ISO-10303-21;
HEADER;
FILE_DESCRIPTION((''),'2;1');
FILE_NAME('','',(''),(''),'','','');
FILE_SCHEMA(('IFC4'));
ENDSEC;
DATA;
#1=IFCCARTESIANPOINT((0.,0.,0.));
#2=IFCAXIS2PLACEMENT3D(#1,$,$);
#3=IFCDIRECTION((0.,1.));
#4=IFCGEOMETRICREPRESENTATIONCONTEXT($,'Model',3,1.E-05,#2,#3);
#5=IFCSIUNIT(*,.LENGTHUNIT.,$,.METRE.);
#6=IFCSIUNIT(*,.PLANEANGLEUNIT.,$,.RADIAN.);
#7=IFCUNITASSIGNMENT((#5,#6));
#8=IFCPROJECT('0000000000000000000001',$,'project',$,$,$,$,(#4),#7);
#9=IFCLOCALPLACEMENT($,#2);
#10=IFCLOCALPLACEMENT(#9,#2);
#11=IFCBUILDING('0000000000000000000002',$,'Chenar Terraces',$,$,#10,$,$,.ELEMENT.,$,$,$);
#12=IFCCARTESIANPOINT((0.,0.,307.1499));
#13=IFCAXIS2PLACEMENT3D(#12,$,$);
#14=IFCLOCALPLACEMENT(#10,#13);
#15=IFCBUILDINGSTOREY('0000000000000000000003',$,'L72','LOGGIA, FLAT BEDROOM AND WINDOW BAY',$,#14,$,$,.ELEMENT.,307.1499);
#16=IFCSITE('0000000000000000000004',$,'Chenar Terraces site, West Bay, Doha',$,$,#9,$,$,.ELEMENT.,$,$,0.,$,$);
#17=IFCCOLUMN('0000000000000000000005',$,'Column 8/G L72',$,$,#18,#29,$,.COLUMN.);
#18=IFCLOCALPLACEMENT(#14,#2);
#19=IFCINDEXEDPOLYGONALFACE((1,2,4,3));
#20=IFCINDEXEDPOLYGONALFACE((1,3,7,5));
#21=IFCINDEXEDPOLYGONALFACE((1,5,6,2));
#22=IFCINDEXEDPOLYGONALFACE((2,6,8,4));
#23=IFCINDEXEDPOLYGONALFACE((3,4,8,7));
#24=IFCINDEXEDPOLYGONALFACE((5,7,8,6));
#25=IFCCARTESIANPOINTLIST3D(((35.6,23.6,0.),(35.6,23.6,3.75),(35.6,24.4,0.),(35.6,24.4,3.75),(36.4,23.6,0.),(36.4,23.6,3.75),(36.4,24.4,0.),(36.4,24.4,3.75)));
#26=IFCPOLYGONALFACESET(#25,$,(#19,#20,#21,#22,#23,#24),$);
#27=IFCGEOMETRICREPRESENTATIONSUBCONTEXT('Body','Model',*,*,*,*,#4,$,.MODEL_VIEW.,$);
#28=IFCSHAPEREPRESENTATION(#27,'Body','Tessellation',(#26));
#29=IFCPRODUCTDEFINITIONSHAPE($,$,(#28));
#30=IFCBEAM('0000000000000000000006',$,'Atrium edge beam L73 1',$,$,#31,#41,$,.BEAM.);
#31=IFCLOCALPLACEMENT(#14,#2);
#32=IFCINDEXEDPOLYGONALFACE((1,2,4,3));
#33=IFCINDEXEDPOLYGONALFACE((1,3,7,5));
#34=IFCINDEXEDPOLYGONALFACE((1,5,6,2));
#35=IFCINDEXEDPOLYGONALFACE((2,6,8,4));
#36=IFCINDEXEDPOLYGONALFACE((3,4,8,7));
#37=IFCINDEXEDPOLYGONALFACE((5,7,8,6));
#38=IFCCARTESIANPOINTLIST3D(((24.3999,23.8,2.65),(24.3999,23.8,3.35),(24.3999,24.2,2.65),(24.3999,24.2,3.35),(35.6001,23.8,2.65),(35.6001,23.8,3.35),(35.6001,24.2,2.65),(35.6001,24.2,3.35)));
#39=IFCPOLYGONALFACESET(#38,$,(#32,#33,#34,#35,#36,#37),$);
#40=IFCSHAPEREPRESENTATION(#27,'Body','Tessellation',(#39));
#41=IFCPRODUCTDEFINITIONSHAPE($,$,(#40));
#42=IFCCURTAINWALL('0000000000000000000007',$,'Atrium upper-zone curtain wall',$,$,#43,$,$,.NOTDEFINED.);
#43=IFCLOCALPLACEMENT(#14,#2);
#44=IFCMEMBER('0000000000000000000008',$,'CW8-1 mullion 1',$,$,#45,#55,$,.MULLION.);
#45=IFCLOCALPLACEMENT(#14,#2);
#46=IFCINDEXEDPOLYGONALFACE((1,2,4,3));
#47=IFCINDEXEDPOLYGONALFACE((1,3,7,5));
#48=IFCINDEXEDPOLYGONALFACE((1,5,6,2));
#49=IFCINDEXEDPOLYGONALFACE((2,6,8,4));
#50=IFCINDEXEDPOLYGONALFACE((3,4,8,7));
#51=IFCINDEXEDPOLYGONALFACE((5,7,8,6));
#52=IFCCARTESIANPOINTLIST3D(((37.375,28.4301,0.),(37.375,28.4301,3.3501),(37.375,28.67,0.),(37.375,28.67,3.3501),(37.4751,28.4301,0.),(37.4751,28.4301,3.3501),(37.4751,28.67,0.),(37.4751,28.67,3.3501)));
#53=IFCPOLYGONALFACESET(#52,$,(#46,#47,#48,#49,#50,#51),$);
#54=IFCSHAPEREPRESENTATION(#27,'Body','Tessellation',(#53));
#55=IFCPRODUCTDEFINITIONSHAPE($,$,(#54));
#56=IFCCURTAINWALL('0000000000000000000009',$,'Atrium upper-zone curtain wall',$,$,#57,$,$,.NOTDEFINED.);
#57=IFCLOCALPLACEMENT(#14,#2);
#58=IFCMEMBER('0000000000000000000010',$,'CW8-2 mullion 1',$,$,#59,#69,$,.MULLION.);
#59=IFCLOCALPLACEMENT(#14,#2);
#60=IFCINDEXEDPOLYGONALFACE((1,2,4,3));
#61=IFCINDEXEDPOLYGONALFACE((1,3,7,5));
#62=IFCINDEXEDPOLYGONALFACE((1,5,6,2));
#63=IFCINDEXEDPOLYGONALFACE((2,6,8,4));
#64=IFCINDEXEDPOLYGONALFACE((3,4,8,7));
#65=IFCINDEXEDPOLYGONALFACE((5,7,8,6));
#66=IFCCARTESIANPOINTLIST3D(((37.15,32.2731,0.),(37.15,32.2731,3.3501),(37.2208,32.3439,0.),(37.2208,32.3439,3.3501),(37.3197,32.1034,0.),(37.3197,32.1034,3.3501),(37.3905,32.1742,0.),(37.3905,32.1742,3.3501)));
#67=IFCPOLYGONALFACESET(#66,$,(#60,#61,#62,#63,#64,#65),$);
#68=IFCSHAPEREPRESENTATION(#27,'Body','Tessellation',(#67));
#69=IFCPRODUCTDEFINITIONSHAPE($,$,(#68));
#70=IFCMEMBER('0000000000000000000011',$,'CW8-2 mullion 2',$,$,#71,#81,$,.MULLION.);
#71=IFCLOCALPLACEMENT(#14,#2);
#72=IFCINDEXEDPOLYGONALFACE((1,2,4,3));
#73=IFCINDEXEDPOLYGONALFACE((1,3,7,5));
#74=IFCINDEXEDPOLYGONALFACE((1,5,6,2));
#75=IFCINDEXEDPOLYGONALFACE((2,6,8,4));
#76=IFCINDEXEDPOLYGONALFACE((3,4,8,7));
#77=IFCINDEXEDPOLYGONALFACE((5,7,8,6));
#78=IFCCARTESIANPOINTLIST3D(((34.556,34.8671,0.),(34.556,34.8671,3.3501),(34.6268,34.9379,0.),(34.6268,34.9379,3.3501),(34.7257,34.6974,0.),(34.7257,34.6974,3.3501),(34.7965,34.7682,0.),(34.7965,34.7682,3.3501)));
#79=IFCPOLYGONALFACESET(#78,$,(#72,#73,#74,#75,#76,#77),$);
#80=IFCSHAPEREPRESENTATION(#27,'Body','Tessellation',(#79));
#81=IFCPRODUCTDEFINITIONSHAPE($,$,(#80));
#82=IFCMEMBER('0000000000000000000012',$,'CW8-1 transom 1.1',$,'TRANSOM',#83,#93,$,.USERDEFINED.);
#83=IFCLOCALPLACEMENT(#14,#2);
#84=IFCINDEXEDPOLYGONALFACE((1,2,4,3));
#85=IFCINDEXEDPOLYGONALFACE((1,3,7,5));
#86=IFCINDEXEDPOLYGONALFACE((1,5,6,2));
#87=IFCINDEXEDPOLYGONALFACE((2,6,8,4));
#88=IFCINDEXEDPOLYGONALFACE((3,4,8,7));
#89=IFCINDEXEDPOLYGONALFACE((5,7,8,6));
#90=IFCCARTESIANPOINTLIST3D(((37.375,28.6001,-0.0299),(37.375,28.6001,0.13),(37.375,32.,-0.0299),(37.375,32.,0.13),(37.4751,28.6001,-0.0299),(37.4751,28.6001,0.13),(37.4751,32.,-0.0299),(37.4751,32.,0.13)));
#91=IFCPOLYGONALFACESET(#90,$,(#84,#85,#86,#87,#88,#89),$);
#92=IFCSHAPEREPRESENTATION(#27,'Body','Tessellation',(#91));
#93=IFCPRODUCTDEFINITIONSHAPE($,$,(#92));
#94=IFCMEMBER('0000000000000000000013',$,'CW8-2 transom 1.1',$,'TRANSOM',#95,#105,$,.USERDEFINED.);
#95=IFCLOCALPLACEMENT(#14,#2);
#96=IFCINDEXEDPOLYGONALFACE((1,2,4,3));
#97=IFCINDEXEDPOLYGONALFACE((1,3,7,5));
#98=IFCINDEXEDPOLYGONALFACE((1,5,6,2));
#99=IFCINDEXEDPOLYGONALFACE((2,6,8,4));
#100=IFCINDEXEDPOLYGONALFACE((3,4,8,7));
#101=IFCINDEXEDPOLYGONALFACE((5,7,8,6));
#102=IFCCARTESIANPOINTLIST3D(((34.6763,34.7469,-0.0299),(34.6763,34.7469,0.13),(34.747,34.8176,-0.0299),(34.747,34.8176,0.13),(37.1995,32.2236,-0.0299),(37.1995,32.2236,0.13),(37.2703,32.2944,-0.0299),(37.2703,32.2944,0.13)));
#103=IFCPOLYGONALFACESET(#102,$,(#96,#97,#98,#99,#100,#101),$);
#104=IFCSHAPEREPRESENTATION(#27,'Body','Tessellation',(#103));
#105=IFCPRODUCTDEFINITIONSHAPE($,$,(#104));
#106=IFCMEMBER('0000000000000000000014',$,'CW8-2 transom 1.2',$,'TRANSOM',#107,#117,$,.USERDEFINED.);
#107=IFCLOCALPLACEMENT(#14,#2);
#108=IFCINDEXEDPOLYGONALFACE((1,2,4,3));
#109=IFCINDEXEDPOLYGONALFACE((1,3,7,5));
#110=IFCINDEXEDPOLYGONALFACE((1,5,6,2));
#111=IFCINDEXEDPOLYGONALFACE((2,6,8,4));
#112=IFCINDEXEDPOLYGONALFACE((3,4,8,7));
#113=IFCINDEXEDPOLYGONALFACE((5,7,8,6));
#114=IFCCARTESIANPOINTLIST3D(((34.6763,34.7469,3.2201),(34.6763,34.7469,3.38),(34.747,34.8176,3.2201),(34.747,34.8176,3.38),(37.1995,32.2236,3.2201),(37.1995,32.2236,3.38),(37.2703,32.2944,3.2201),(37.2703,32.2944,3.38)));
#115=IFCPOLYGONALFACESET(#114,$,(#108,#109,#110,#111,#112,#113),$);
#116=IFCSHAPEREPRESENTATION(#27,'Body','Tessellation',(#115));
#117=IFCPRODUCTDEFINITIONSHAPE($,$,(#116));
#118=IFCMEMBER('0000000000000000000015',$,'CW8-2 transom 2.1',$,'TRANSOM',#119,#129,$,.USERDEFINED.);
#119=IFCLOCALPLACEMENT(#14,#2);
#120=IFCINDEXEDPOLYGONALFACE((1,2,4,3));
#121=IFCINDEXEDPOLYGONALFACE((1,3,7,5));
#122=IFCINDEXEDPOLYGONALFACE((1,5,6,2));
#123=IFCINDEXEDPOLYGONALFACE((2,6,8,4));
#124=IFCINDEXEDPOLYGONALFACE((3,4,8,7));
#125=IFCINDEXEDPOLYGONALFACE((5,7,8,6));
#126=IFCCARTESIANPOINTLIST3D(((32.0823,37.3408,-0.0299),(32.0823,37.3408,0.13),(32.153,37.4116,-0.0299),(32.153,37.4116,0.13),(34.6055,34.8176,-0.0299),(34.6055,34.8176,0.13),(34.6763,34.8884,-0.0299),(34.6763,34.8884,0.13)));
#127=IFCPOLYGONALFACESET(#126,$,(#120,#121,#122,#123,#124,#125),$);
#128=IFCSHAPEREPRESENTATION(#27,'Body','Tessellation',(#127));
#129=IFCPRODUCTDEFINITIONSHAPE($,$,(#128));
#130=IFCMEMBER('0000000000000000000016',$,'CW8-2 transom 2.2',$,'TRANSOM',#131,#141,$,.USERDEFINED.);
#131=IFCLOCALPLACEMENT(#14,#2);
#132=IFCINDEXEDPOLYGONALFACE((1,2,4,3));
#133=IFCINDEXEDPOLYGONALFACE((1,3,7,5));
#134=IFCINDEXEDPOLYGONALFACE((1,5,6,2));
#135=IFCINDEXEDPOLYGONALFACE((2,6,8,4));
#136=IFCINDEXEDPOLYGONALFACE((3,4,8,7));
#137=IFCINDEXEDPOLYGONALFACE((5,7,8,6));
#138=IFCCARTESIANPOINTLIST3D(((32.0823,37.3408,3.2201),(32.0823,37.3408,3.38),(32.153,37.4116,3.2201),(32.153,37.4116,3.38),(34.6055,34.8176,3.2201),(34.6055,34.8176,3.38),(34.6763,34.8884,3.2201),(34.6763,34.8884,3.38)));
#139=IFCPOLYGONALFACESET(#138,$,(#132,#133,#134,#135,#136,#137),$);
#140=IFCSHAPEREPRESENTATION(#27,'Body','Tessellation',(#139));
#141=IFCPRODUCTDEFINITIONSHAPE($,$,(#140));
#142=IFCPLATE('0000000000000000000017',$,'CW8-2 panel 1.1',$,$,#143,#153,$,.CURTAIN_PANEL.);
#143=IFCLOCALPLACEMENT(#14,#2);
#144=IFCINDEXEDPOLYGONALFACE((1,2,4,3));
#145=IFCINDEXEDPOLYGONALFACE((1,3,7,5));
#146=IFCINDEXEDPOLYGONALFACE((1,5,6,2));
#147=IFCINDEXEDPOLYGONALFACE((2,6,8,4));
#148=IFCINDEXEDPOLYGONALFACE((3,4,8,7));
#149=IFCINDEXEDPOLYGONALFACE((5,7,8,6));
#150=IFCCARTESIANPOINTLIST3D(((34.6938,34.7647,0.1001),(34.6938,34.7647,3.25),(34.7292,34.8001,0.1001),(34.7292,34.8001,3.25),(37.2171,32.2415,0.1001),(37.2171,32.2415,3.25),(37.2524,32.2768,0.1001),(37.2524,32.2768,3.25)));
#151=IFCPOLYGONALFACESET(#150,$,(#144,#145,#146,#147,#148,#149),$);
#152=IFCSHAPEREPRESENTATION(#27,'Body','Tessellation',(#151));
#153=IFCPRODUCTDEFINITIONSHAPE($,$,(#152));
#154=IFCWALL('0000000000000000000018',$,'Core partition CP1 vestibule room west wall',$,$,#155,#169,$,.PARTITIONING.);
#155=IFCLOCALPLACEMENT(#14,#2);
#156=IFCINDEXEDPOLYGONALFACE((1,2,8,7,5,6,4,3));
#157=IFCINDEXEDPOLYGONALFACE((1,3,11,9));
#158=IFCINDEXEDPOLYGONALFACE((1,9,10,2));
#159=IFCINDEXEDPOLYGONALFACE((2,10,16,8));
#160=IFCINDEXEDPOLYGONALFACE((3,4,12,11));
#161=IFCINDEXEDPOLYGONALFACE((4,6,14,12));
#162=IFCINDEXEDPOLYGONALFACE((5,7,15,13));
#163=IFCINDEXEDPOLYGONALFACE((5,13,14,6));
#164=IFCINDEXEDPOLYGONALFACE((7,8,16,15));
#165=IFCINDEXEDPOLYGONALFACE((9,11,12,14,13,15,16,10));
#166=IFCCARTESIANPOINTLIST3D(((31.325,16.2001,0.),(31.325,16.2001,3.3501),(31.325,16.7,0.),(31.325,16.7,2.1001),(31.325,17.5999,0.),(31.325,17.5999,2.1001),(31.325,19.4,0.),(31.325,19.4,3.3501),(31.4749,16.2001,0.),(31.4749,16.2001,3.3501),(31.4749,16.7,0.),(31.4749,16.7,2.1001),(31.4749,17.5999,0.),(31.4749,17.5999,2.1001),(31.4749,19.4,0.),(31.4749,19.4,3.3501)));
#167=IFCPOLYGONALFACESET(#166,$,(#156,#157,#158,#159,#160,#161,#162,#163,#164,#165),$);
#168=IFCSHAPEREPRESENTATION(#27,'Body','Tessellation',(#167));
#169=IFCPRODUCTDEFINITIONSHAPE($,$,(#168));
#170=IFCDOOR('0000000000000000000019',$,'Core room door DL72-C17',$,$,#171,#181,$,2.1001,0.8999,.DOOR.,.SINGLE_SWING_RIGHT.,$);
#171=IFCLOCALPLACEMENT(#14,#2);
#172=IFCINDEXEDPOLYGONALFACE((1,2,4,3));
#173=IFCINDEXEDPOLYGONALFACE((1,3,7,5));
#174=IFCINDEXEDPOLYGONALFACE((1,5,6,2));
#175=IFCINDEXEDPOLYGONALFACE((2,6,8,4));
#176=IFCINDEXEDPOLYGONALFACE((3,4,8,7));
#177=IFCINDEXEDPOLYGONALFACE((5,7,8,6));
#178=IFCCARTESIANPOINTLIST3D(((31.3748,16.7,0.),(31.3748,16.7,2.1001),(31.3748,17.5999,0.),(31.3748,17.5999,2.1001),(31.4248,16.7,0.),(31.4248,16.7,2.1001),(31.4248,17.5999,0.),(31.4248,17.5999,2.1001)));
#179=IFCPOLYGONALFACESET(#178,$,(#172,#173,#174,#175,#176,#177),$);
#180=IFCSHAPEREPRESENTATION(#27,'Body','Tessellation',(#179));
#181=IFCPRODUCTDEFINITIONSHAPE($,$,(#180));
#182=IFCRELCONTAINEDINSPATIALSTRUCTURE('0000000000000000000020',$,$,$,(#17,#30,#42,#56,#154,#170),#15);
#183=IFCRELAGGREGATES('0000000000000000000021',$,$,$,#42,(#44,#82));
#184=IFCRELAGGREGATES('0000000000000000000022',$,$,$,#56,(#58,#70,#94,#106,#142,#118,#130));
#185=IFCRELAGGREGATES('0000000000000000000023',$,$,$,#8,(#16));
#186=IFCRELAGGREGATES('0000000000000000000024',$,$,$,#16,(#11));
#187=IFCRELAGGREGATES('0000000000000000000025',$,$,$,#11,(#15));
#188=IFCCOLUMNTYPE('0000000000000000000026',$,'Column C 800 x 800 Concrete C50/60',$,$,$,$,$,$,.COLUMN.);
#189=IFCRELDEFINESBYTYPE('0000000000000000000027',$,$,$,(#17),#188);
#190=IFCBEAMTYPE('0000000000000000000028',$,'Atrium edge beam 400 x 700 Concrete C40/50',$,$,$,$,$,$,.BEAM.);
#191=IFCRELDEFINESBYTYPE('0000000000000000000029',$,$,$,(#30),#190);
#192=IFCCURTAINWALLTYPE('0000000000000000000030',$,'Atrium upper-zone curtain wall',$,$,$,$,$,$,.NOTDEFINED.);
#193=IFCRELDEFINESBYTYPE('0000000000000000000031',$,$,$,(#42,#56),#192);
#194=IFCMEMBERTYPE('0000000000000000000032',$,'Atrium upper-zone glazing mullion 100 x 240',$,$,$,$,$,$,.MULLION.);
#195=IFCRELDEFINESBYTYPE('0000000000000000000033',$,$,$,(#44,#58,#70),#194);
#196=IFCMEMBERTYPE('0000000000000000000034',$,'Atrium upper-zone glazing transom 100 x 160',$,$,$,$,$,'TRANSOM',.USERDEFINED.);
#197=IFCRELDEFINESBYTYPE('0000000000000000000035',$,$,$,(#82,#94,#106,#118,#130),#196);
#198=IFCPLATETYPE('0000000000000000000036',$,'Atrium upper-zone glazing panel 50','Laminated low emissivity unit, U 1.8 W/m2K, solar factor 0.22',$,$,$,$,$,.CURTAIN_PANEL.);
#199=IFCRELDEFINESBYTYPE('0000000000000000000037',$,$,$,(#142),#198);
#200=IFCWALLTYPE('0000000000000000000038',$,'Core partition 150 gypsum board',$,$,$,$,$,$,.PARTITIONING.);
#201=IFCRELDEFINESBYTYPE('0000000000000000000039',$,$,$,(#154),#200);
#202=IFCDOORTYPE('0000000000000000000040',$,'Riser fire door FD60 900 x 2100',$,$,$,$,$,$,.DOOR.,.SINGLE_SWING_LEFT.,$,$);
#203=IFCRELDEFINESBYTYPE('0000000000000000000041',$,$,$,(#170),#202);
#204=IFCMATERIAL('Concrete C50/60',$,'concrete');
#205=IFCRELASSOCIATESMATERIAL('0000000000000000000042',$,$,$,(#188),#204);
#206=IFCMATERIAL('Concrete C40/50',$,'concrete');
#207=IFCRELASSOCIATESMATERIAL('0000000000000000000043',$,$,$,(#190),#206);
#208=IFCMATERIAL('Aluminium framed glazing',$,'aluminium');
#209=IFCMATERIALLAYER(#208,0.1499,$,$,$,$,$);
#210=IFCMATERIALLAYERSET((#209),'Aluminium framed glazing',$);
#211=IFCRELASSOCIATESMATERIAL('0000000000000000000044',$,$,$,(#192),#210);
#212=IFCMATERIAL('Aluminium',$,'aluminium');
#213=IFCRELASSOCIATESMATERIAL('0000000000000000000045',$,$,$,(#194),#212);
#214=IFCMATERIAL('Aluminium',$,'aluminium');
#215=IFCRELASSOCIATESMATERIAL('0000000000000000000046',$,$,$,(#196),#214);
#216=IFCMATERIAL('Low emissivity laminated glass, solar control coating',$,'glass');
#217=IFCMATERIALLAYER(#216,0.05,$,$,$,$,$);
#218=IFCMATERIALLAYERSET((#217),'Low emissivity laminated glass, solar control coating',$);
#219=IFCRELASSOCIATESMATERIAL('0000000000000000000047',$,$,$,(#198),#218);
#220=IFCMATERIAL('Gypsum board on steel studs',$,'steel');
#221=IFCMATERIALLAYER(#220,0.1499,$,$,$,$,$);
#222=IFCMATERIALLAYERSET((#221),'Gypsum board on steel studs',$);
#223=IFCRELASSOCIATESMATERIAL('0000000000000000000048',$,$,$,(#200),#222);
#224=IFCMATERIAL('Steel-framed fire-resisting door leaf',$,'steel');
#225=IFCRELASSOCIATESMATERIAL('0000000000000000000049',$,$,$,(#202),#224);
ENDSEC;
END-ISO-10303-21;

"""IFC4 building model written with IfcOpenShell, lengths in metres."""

from ifc_helpers import new_model, si_unit, direction, frame, frame_2d, origin, origin_2d, place, context, subcontext, project, spatial, rectangle, extrude, material, layer, layer_set, material_profile, profile_set, type_object, element, fill, aggregate, save


model = new_model("IFC4")

# Units and contexts
model_context = context("Model", 3, precision=1e-05, world=origin(), true_north=direction((0.0, 1.0)))
body_context = subcontext(model_context, "Body", "Model", "MODEL_VIEW")
ifc_project = project(units=[si_unit("LENGTHUNIT", "METRE"), si_unit("PLANEANGLEUNIT", "RADIAN")], contexts=[model_context])

# Site, building, storey
site_placement = place(None, origin())
site = spatial("IfcSite", under=ifc_project, at=site_placement, Name="Chenar Terraces site, West Bay, Doha", CompositionType="ELEMENT", RefElevation=0.0)
building_placement = place(site_placement, origin())
building = spatial("IfcBuilding", under=site, at=building_placement, Name="Chenar Terraces", CompositionType="ELEMENT")
storey_placement = place(building_placement, frame((0.0, 0.0, 307.1499)))
storey = spatial("IfcBuildingStorey", under=building, at=storey_placement, Name="L72", Description="LOGGIA, FLAT BEDROOM AND WINDOW BAY", CompositionType="ELEMENT", Elevation=307.1499)

# Column
ifc_material_1 = material(Name="Concrete C50/60", Category="concrete")
ifc_material_profile_1 = material_profile(ifc_material_1, rectangle(XDim=0.8, YDim=0.8, at=origin_2d()), Name="C 800 x 800")
ifc_profile_set_1 = profile_set([ifc_material_profile_1], Name="Concrete C50/60")
column_type = type_object("IfcColumnType", Name="Column C 800 x 800 Concrete C50/60", PredefinedType="COLUMN", material=ifc_profile_set_1)
column_placement = place(storey_placement, frame((36.0, 24.0, 0.0), z_axis=(0.0, 0.0, 1.0), x_axis=(1.0, 0.0, 0.0)))
element("IfcColumn", 1, at=column_placement, inside=storey, type_object=column_type, Name="Column 8/G L72", PredefinedType="COLUMN", context=body_context, shape_type="SweptSolid", body=[
    extrude(rectangle(XDim=0.8, YDim=0.8, at=origin_2d()), origin(), (0.0, 0.0, 1.0), 3.75),
])

# Beam
ifc_material_2 = material(Name="Concrete C40/50", Category="concrete")
ifc_material_profile_2 = material_profile(ifc_material_2, rectangle(XDim=0.3999, YDim=0.7, at=origin_2d()), Name="RC 400 x 700")
ifc_profile_set_2 = profile_set([ifc_material_profile_2], Name="Concrete C40/50")
beam_type = type_object("IfcBeamType", Name="Atrium edge beam 400 x 700 Concrete C40/50", PredefinedType="BEAM", material=ifc_profile_set_2)
beam_placement = place(storey_placement, frame((24.3999, 24.0, 3.0), z_axis=(1.0, 0.0, 0.0), x_axis=(0.0, 1.0, 0.0)))
element("IfcBeam", 2, at=beam_placement, inside=storey, type_object=beam_type, Name="Atrium edge beam L73 1", PredefinedType="BEAM", context=body_context, shape_type="SweptSolid", body=[
    extrude(rectangle(XDim=0.3999, YDim=0.7, at=origin_2d()), origin(), (0.0, 0.0, 1.0), 11.2002),
])

# Curtain wall, member
ifc_material_3 = material(Name="Aluminium framed glazing", Category="aluminium")
ifc_layer_1 = layer(ifc_material_3, 0.1499)
ifc_layer_set_1 = layer_set([ifc_layer_1], Name="Aluminium framed glazing")
curtain_wall_type = type_object("IfcCurtainWallType", Name="Atrium upper-zone curtain wall", PredefinedType="NOTDEFINED", material=ifc_layer_set_1)
placement = place(storey_placement, origin())
curtain_wall_1 = element("IfcCurtainWall", 3, at=placement, inside=storey, type_object=curtain_wall_type, Name="Atrium upper-zone curtain wall", PredefinedType="NOTDEFINED")
ifc_material_4 = material(Name="Aluminium", Category="aluminium")
ifc_material_profile_3 = material_profile(ifc_material_4, rectangle(XDim=0.1001, YDim=0.24, at=origin_2d()), Name="Atrium upper-zone glazing mullion 100 x 240")
ifc_profile_set_3 = profile_set([ifc_material_profile_3], Name="Aluminium")
member_type_1 = type_object("IfcMemberType", Name="Atrium upper-zone glazing mullion 100 x 240", PredefinedType="MULLION", material=ifc_profile_set_3)
member_1_placement = place(storey_placement, frame((37.425, 28.55, 0.0), z_axis=(0.0, 0.0, 1.0), x_axis=(-1.0, 0.0, 0.0)))
member_1 = element("IfcMember", 4, at=member_1_placement, type_object=member_type_1, Name="CW8-1 mullion 1", PredefinedType="MULLION", context=body_context, shape_type="SweptSolid", body=[
    extrude(rectangle(XDim=0.1001, YDim=0.24, at=origin_2d()), origin(), (0.0, 0.0, 1.0), 3.3501),
])

# Curtain wall, members
curtain_wall_2 = element("IfcCurtainWall", 5, at=placement, inside=storey, type_object=curtain_wall_type, Name="Atrium upper-zone curtain wall", PredefinedType="NOTDEFINED")
member_2_placement = place(storey_placement, frame((37.2703, 32.2236, 0.0), z_axis=(0.0, 0.0, 1.0), x_axis=(-0.707107, -0.707107, 0.0)))
member_2 = element("IfcMember", 6, at=member_2_placement, type_object=member_type_1, Name="CW8-2 mullion 1", PredefinedType="MULLION", context=body_context, shape_type="SweptSolid", body=[
    extrude(rectangle(XDim=0.1001, YDim=0.24, at=origin_2d()), origin(), (0.0, 0.0, 1.0), 3.3501),
])
member_3_placement = place(storey_placement, frame((34.6763, 34.8176, 0.0), z_axis=(0.0, 0.0, 1.0), x_axis=(-0.707107, -0.707107, 0.0)))
member_3 = element("IfcMember", 7, at=member_3_placement, type_object=member_type_1, Name="CW8-2 mullion 2", PredefinedType="MULLION", context=body_context, shape_type="SweptSolid", body=[
    extrude(rectangle(XDim=0.1001, YDim=0.24, at=origin_2d()), origin(), (0.0, 0.0, 1.0), 3.3501),
])

# Members
ifc_material_5 = material(Name="Aluminium", Category="aluminium")
ifc_material_profile_4 = material_profile(ifc_material_5, rectangle(XDim=0.1001, YDim=0.1599, at=origin_2d()), Name="Atrium upper-zone glazing transom 100 x 160")
ifc_profile_set_4 = profile_set([ifc_material_profile_4], Name="Aluminium")
member_type_2 = type_object("IfcMemberType", Name="Atrium upper-zone glazing transom 100 x 160", ElementType="TRANSOM", PredefinedType="USERDEFINED", material=ifc_profile_set_4)
member_4_placement = place(storey_placement, frame((37.425, 28.6001, 0.05), z_axis=(0.0, 1.0, 0.0), x_axis=(-1.0, 0.0, 0.0)))
member_4 = element("IfcMember", 8, at=member_4_placement, type_object=member_type_2, Name="CW8-1 transom 1.1", ObjectType="TRANSOM", PredefinedType="USERDEFINED", context=body_context, shape_type="SweptSolid", body=[
    extrude(rectangle(XDim=0.1001, YDim=0.1599, at=origin_2d()), origin(), (0.0, 0.0, 1.0), 3.3999),
])
aggregate(curtain_wall_1, [member_1, member_4])
member_5_placement = place(storey_placement, frame((37.2349, 32.259, 0.05), z_axis=(-0.707107, 0.707107, 0.0), x_axis=(-0.707107, -0.707107, 0.0)))
member_5 = element("IfcMember", 9, at=member_5_placement, type_object=member_type_2, Name="CW8-2 transom 1.1", ObjectType="TRANSOM", PredefinedType="USERDEFINED", context=body_context, shape_type="SweptSolid", body=[
    extrude(rectangle(XDim=0.1001, YDim=0.1599, at=origin_2d()), origin(), (0.0, 0.0, 1.0), 3.5684),
])
member_6_placement = place(storey_placement, frame((37.2349, 32.259, 3.3), z_axis=(-0.707107, 0.707107, 0.0), x_axis=(-0.707107, -0.707107, 0.0)))
member_6 = element("IfcMember", 10, at=member_6_placement, type_object=member_type_2, Name="CW8-2 transom 1.2", ObjectType="TRANSOM", PredefinedType="USERDEFINED", context=body_context, shape_type="SweptSolid", body=[
    extrude(rectangle(XDim=0.1001, YDim=0.1599, at=origin_2d()), origin(), (0.0, 0.0, 1.0), 3.5684),
])
member_7_placement = place(storey_placement, frame((34.6409, 34.853, 0.05), z_axis=(-0.707107, 0.707107, 0.0), x_axis=(-0.707107, -0.707107, 0.0)))
member_7 = element("IfcMember", 11, at=member_7_placement, type_object=member_type_2, Name="CW8-2 transom 2.1", ObjectType="TRANSOM", PredefinedType="USERDEFINED", context=body_context, shape_type="SweptSolid", body=[
    extrude(rectangle(XDim=0.1001, YDim=0.1599, at=origin_2d()), origin(), (0.0, 0.0, 1.0), 3.5684),
])
member_8_placement = place(storey_placement, frame((34.6409, 34.853, 3.3), z_axis=(-0.707107, 0.707107, 0.0), x_axis=(-0.707107, -0.707107, 0.0)))
member_8 = element("IfcMember", 12, at=member_8_placement, type_object=member_type_2, Name="CW8-2 transom 2.2", ObjectType="TRANSOM", PredefinedType="USERDEFINED", context=body_context, shape_type="SweptSolid", body=[
    extrude(rectangle(XDim=0.1001, YDim=0.1599, at=origin_2d()), origin(), (0.0, 0.0, 1.0), 3.5684),
])

# Plate
ifc_material_6 = material(Name="Low emissivity laminated glass, solar control coating", Category="glass")
ifc_layer_2 = layer(ifc_material_6, 0.05)
ifc_layer_set_2 = layer_set([ifc_layer_2], Name="Low emissivity laminated glass, solar control coating")
plate_type = type_object("IfcPlateType", Name="Atrium upper-zone glazing panel 50", Description="Laminated low emissivity unit, U 1.8 W/m2K, solar factor 0.22", PredefinedType="CURTAIN_PANEL", material=ifc_layer_set_2)
plate_placement = place(storey_placement, frame((35.9731, 33.5208, 0.1001), z_axis=(0.0, 0.0, 1.0), x_axis=(-0.707107, 0.707107, 0.0)))
plate = element("IfcPlate", 13, at=plate_placement, type_object=plate_type, Name="CW8-2 panel 1.1", PredefinedType="CURTAIN_PANEL", context=body_context, shape_type="SweptSolid", body=[
    extrude(rectangle(XDim=3.5684, YDim=0.05, at=origin_2d()), origin(), (0.0, 0.0, 1.0), 3.1499),
])
aggregate(curtain_wall_2, [member_2, member_3, member_5, member_6, plate, member_7, member_8])

# Wall, opening, door
ifc_material_7 = material(Name="Gypsum board on steel studs", Category="steel")
ifc_layer_3 = layer(ifc_material_7, 0.1499)
ifc_layer_set_3 = layer_set([ifc_layer_3], Name="Gypsum board on steel studs")
wall_type_1 = type_object("IfcWallType", Name="Core partition 150 gypsum board", PredefinedType="PARTITIONING", material=ifc_layer_set_3)
wall_1_placement = place(storey_placement, frame((31.3999, 16.2, 0.0), z_axis=(0.0, 0.0, 1.0), x_axis=(0.0, 1.0, 0.0)))
wall_1 = element("IfcWall", 14, at=wall_1_placement, inside=storey, type_object=wall_type_1, Name="Core partition CP1 vestibule room west wall", PredefinedType="PARTITIONING", context=body_context, shape_type="SweptSolid", body=[
    extrude(rectangle(XDim=3.2, YDim=0.1499, at=frame_2d((1.6001, 0.0))), origin(), (0.0, 0.0, 1.0), 3.3501),
])
opening_placement = place(wall_1_placement, frame((0.5, 0.0, 0.0)))
opening = element("IfcOpeningElement", 15, at=opening_placement, cuts=wall_1, PredefinedType="OPENING", context=body_context, shape_type="SweptSolid", body=[
    extrude(rectangle(XDim=0.8999, YDim=2.1001, at=frame_2d((0.45, 1.05))), frame((0.0, 0.085, 0.0), z_axis=(0.0, -1.0, 0.0), x_axis=(1.0, 0.0, 0.0)), (0.0, 0.0, 1.0), 0.1699),
])
ifc_material_8 = material(Name="Steel-framed fire-resisting door leaf", Category="steel")
door_type = type_object("IfcDoorType", Name="Riser fire door FD60 900 x 2100", OperationType="SINGLE_SWING_LEFT", PredefinedType="DOOR", material=ifc_material_8)
door_placement = place(opening_placement, frame((0.8999, 0.0, 0.0), z_axis=(0.0, 0.0, 1.0), x_axis=(-1.0, 0.0, 0.0)))
door = element("IfcDoor", 16, at=door_placement, inside=storey, type_object=door_type, Name="Core room door DL72-C17", OperationType="SINGLE_SWING_RIGHT", OverallHeight=2.1001, OverallWidth=0.8999, PredefinedType="DOOR", context=body_context, shape_type="SweptSolid", body=[
    extrude(rectangle(XDim=0.8999, YDim=2.1001, at=frame_2d((0.45, 1.05))), frame((0.0, 0.0249, 0.0), z_axis=(0.0, -1.0, 0.0), x_axis=(1.0, 0.0, 0.0)), (0.0, 0.0, 1.0), 0.05),
])
fill(opening, door)

save(model, "model.ifc")
